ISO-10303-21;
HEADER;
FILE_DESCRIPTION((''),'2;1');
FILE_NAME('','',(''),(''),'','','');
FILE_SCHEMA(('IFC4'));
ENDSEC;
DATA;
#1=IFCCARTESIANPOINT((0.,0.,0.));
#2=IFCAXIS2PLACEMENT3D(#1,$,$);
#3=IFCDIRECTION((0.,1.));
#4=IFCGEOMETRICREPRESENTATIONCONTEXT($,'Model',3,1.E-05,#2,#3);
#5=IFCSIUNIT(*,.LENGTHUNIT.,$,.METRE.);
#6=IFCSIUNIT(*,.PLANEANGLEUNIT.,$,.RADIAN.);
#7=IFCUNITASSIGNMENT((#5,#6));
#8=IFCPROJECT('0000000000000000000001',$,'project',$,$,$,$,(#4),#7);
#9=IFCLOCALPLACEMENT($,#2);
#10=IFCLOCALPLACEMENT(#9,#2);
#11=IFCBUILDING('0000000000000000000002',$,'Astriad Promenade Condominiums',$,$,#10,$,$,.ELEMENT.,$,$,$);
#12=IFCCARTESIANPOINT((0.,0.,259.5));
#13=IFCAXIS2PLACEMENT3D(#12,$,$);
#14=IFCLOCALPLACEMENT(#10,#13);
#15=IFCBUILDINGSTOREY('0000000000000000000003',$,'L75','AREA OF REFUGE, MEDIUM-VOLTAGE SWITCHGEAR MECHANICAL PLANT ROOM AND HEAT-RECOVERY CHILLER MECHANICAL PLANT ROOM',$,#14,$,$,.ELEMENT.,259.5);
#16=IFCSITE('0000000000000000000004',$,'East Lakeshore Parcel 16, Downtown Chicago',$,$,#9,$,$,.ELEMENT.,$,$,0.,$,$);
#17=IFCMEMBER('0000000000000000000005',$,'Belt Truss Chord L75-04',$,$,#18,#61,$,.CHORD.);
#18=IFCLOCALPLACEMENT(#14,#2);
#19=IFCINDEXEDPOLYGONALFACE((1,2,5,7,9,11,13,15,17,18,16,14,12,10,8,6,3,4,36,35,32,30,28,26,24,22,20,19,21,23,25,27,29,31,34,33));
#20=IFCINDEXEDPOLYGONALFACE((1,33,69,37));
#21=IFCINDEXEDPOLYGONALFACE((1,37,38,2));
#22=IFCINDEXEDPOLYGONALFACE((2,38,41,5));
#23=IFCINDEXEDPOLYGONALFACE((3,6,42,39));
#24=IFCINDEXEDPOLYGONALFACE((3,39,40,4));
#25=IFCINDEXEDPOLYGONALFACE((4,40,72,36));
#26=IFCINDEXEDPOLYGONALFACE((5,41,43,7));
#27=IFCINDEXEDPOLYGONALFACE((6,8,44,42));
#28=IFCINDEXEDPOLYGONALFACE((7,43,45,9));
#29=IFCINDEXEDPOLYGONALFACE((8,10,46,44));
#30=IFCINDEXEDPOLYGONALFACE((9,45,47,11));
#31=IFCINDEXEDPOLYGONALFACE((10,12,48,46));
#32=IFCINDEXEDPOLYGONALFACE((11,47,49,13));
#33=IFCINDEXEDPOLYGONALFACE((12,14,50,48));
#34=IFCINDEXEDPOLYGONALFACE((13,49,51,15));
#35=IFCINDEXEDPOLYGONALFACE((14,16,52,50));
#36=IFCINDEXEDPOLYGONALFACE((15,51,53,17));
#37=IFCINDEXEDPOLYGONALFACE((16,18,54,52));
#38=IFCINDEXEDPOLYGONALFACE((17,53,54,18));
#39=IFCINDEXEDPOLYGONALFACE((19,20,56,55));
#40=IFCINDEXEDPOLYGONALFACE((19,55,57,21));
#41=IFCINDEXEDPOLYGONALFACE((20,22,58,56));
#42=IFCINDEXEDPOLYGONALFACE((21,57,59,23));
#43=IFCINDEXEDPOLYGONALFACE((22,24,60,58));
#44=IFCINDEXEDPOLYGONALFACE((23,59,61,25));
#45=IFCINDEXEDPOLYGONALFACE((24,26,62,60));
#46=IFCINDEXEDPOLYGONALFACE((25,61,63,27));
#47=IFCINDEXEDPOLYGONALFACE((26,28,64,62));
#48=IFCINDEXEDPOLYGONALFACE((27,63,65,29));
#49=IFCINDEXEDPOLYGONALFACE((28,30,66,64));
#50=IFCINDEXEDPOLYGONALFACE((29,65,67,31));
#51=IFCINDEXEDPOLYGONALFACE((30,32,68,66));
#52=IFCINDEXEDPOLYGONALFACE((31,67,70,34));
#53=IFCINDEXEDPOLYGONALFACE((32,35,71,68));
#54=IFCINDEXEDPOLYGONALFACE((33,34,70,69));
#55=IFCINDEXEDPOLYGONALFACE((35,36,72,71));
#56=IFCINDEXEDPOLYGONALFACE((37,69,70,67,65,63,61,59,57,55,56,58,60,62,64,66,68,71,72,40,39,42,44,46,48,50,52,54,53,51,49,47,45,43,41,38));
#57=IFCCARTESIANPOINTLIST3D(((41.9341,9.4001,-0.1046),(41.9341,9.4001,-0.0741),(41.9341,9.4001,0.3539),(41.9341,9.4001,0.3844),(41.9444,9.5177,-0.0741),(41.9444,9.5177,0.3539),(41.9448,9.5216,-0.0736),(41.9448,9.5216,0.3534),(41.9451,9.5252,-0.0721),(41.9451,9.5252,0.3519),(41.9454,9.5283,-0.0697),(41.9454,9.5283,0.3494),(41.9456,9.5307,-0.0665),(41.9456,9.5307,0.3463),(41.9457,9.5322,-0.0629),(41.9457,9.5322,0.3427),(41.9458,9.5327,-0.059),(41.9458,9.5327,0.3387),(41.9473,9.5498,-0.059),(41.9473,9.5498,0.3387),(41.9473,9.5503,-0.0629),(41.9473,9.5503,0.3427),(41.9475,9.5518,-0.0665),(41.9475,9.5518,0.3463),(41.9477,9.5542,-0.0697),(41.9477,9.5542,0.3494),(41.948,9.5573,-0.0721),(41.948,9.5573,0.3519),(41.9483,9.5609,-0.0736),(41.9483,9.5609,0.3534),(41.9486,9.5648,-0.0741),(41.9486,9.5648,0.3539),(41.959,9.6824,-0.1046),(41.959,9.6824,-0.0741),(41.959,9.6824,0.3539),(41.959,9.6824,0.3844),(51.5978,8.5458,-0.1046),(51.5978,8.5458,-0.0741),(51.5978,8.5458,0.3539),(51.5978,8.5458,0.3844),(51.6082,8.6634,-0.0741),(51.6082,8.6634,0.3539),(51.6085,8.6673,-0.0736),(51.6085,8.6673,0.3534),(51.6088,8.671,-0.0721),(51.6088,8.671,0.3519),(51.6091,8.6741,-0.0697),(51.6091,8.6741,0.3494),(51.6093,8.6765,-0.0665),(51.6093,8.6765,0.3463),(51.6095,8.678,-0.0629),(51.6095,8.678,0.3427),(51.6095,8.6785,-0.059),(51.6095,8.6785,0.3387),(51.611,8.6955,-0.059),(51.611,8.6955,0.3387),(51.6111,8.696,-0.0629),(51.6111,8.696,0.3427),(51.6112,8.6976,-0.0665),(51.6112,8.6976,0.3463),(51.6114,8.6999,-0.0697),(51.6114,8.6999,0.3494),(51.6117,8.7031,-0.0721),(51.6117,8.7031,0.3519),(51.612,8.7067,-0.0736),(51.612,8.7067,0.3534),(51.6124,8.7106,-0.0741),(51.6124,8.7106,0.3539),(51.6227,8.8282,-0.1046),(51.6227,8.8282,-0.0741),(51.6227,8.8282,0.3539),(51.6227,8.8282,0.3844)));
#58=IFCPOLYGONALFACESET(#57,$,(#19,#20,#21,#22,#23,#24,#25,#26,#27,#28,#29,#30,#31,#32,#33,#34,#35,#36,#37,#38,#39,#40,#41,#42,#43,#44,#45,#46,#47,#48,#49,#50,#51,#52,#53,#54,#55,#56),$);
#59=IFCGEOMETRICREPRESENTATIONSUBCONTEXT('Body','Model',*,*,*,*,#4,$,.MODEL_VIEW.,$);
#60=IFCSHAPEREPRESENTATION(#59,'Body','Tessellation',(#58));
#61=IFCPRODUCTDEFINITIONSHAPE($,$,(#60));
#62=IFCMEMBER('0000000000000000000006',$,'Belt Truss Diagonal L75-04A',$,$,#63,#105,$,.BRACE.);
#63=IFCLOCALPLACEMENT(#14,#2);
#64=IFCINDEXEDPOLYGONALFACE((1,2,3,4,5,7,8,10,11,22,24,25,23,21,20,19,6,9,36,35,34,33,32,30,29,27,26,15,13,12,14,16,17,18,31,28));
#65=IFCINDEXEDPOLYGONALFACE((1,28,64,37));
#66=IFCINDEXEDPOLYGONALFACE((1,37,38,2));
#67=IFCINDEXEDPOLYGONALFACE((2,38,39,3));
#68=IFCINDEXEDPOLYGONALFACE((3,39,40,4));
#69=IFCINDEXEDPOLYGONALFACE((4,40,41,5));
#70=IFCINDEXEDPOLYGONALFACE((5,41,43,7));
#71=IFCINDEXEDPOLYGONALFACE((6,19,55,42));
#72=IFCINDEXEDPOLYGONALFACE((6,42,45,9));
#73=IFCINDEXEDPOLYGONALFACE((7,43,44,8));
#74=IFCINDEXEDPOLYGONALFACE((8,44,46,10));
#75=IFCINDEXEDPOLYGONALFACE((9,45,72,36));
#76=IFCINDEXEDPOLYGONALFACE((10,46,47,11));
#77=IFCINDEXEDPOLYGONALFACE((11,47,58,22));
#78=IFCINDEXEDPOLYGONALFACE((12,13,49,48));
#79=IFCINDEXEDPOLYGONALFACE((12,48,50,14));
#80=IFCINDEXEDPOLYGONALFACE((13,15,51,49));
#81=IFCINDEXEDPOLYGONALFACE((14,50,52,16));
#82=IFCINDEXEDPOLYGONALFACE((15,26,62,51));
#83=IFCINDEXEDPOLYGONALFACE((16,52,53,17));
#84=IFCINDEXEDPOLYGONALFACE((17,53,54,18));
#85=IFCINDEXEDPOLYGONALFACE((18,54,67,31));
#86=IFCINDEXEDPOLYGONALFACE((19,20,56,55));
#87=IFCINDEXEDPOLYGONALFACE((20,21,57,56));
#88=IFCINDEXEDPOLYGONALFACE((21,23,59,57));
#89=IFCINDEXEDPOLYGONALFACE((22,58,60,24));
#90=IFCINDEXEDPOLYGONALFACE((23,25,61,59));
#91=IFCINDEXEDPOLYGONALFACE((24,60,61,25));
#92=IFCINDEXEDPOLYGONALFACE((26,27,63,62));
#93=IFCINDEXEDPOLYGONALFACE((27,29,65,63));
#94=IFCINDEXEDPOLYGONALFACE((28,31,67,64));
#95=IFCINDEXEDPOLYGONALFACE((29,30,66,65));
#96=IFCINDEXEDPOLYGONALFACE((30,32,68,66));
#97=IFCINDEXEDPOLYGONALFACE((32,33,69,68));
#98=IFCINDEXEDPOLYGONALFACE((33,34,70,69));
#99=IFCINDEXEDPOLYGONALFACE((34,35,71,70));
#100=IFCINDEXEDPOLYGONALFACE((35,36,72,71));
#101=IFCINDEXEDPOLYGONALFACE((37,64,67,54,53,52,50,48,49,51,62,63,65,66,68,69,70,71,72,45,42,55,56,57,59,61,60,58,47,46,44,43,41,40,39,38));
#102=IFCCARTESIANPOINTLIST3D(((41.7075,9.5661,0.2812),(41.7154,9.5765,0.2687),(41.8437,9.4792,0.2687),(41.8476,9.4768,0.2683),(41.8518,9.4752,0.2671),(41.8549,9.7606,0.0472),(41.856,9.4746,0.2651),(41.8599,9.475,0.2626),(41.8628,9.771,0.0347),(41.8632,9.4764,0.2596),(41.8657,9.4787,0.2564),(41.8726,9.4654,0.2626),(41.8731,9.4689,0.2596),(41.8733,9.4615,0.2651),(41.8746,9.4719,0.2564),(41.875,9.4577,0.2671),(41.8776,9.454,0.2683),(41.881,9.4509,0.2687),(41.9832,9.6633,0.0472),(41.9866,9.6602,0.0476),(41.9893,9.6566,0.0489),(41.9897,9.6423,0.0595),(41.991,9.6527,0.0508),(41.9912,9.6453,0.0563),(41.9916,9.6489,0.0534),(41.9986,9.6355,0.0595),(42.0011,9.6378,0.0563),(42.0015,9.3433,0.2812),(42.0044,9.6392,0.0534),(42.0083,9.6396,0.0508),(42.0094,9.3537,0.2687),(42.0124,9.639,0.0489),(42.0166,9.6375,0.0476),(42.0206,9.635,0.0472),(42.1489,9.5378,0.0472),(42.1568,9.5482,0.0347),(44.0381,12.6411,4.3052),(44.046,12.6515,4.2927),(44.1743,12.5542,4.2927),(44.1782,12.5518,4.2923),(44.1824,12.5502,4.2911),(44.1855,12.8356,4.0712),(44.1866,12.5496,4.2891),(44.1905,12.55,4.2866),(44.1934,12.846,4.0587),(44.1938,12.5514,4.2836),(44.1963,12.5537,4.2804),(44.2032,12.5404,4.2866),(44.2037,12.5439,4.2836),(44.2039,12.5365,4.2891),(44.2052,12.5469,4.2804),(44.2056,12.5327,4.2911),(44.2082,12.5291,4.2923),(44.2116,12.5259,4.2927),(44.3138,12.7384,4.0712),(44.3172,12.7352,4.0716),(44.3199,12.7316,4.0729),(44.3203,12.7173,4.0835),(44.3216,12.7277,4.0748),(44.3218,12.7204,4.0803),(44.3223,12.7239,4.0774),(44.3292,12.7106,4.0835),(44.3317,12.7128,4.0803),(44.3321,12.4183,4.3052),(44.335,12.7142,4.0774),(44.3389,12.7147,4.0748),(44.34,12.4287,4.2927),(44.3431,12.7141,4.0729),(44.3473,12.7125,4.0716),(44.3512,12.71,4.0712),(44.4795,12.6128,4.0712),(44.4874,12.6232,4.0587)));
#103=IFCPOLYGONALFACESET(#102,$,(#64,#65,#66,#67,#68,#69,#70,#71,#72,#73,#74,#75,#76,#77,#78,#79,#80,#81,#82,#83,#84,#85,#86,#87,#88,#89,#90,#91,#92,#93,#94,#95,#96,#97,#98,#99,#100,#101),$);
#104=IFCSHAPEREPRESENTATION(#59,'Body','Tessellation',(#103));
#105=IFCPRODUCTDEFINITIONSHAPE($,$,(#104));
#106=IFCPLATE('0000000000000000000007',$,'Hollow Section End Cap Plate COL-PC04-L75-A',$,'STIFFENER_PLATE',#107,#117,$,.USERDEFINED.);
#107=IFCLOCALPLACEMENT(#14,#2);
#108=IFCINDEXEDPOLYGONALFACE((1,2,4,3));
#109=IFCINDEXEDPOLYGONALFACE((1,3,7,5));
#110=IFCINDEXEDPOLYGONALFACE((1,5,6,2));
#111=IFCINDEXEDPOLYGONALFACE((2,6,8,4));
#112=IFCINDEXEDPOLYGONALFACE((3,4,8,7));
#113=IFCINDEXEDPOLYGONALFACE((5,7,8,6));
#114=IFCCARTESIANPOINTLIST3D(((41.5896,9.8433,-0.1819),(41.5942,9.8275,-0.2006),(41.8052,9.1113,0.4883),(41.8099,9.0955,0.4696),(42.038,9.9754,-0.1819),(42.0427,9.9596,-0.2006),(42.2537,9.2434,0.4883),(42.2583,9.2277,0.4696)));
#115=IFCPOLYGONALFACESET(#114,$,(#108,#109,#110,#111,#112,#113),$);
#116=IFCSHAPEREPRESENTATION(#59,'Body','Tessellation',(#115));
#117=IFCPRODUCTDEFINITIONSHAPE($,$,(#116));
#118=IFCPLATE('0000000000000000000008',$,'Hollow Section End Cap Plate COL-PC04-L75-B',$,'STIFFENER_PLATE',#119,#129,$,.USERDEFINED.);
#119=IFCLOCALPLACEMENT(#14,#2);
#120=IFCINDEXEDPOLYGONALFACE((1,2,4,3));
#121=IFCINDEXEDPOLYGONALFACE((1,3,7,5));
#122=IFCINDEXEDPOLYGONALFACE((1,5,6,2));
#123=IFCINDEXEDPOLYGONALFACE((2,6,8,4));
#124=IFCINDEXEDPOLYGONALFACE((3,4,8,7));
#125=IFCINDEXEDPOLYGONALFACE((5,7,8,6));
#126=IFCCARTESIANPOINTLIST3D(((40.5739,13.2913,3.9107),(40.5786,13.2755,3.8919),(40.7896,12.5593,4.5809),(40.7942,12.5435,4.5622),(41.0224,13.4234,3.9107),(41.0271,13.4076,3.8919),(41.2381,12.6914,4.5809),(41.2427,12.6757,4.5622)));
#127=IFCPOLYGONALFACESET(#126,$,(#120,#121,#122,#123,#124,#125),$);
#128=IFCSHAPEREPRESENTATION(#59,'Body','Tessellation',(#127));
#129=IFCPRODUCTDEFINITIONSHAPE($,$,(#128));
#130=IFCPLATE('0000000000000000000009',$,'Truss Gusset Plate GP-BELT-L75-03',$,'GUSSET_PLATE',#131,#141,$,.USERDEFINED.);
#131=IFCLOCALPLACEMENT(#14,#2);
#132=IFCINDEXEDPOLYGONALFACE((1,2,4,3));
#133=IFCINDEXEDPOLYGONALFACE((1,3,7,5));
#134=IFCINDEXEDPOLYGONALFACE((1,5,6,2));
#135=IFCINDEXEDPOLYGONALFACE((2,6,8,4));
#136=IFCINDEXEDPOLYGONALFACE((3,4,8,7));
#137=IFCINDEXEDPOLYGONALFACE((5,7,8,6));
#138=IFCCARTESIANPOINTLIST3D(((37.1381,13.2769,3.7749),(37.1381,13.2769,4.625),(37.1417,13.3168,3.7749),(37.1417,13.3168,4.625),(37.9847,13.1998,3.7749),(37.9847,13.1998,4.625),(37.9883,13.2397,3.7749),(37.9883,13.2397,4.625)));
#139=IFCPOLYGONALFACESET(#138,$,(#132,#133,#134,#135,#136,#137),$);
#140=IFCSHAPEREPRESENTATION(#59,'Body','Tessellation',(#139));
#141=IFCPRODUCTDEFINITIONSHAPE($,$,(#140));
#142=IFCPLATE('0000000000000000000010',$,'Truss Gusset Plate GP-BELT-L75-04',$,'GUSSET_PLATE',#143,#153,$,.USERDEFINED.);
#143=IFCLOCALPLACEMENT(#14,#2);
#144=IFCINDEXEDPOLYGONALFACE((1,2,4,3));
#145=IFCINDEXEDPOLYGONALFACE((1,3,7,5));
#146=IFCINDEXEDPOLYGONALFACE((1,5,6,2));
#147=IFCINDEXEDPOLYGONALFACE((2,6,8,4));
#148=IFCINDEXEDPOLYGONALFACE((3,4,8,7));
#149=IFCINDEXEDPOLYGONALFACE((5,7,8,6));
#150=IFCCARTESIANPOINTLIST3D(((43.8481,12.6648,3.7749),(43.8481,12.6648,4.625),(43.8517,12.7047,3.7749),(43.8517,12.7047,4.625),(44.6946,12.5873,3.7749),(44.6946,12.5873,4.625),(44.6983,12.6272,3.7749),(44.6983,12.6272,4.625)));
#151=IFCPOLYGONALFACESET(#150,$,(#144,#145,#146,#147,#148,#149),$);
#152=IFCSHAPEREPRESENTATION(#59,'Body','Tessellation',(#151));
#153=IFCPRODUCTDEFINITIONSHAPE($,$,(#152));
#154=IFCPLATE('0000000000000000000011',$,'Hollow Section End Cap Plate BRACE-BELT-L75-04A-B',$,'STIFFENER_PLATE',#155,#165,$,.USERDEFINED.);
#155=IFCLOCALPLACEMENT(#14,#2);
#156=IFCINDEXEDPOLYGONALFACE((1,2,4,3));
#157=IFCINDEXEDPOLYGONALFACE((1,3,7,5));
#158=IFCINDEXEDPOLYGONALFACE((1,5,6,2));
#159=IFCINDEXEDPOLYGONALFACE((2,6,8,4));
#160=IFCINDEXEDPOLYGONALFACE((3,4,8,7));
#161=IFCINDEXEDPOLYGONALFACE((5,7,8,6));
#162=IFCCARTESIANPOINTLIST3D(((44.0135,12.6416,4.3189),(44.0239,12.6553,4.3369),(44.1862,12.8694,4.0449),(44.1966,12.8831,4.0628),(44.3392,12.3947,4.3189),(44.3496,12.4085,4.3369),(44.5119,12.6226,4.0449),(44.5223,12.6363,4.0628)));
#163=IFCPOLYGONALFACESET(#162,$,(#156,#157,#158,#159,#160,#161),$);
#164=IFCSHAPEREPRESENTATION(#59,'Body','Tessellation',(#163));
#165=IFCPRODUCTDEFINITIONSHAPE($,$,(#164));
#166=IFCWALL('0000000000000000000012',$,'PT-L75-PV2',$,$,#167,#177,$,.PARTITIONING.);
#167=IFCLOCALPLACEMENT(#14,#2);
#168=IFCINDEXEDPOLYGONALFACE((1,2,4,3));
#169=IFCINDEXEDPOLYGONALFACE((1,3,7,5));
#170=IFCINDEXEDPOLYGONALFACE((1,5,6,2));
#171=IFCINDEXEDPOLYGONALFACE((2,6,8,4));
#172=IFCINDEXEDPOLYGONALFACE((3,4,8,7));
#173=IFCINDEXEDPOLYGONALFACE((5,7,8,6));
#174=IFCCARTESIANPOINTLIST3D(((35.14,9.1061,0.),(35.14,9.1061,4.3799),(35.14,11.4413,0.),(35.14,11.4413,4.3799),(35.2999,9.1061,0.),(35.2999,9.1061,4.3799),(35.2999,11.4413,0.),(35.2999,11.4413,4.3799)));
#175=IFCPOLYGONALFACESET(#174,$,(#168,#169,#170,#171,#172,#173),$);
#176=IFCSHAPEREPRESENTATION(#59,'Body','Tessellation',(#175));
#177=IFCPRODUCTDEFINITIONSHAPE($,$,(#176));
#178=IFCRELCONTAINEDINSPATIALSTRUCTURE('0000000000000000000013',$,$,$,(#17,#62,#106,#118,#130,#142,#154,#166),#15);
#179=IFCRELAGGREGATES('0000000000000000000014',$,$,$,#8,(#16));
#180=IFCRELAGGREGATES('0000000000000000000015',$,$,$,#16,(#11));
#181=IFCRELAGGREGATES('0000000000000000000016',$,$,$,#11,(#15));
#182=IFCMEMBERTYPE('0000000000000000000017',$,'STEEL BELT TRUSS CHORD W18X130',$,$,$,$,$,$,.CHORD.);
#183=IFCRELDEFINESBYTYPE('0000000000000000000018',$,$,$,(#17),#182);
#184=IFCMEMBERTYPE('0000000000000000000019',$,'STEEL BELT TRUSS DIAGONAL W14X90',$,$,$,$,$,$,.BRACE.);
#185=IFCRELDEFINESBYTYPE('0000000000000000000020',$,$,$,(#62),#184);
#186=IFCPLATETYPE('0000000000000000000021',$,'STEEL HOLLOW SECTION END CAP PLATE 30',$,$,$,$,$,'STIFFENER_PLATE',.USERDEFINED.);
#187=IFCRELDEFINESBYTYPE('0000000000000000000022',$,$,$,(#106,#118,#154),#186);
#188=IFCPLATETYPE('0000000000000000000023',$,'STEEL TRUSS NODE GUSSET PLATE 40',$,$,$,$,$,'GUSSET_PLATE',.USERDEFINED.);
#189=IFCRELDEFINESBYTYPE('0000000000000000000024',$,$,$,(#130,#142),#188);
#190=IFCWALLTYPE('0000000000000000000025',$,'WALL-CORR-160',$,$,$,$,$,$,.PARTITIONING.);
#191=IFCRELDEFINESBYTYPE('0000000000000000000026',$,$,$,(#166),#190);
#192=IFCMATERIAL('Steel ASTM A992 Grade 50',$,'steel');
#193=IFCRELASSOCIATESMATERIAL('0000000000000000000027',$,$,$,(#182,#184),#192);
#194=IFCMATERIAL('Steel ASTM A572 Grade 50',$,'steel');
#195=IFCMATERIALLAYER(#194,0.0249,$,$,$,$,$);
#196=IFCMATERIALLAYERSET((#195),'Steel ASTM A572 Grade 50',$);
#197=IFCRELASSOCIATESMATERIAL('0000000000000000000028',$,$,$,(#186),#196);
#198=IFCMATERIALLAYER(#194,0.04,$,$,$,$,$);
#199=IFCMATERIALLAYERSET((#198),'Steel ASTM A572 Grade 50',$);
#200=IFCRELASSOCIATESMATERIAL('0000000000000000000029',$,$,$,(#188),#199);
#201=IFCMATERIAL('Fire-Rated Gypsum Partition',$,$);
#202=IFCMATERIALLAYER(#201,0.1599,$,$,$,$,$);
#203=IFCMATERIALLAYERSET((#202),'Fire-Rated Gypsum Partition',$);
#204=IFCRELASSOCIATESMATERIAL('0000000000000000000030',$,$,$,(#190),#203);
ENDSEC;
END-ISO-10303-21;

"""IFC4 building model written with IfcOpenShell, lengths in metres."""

from ifc_helpers import new_model, si_unit, direction, frame, frame_2d, origin, origin_2d, place, context, subcontext, project, spatial, rectangle, i_section, extrude, source, transform, mapped, material, layer, layer_set, material_profile, profile_set, type_object, type_shapes, element, save


model = new_model("IFC4")

# Units and contexts
model_context = context("Model", 3, precision=1e-05, world=origin(), true_north=direction((0.0, 1.0)))
body_context = subcontext(model_context, "Body", "Model", "MODEL_VIEW")
ifc_project = project(units=[si_unit("LENGTHUNIT", "METRE"), si_unit("PLANEANGLEUNIT", "RADIAN")], contexts=[model_context])

# Site, building, storey
site_placement = place(None, origin())
site = spatial("IfcSite", under=ifc_project, at=site_placement, Name="East Lakeshore Parcel 16, Downtown Chicago", CompositionType="ELEMENT", RefElevation=0.0)
building_placement = place(site_placement, origin())
building = spatial("IfcBuilding", under=site, at=building_placement, Name="Astriad Promenade Condominiums", CompositionType="ELEMENT")
storey_placement = place(building_placement, frame((0.0, 0.0, 259.5)))
storey = spatial("IfcBuildingStorey", under=building, at=storey_placement, Name="L75", Description="AREA OF REFUGE, MEDIUM-VOLTAGE SWITCHGEAR MECHANICAL PLANT ROOM AND HEAT-RECOVERY CHILLER MECHANICAL PLANT ROOM", CompositionType="ELEMENT", Elevation=259.5)

# Shared definitions
ifc_material_1 = material(Name="Steel ASTM A992 Grade 50", Category="steel")

# Members
ifc_material_profile_1 = material_profile(ifc_material_1, i_section(OverallWidth=0.2834, OverallDepth=0.489, WebThickness=0.0171, FlangeThickness=0.0305, FilletRadius=0.0151, at=origin_2d()), Name="W18X130")
ifc_profile_set_1 = profile_set([ifc_material_profile_1], Name="Steel ASTM A992 Grade 50")
member_type_1 = type_object("IfcMemberType", Name="STEEL BELT TRUSS CHORD W18X130", PredefinedType="CHORD", material=ifc_profile_set_1)
shared_shape_1 = source(origin(), body_context, "Body", "SweptSolid", [
    extrude(i_section(OverallWidth=0.2834, OverallDepth=0.489, WebThickness=0.0171, FlangeThickness=0.0305, FilletRadius=0.0151, at=origin_2d()), origin(), (0.0, 0.0, 1.0), 9.7014),
])
type_shapes(member_type_1, [shared_shape_1])
member_1_placement = place(storey_placement, frame((41.9465, 9.5413, 0.1399), z_axis=(0.996116, -0.088053, 0.0), x_axis=(0.088053, 0.996116, 0.0)))
element("IfcMember", 1, at=member_1_placement, inside=storey, type_object=member_type_1, Name="Belt Truss Chord L75-04", PredefinedType="CHORD", context=body_context, shape_type="MappedRepresentation", body=[
    mapped(shared_shape_1, transform((0.0, 0.0, 0.0), scale=1.0)),
])
ifc_material_profile_2 = material_profile(ifc_material_1, i_section(OverallWidth=0.3689, OverallDepth=0.3562, WebThickness=0.0112, FlangeThickness=0.0181, FilletRadius=0.0178, at=origin_2d()), Name="W14X90")
ifc_profile_set_2 = profile_set([ifc_material_profile_2], Name="Steel ASTM A992 Grade 50")
member_type_2 = type_object("IfcMemberType", Name="STEEL BELT TRUSS DIAGONAL W14X90", PredefinedType="BRACE", material=ifc_profile_set_2)
shared_shape_2 = source(origin(), body_context, "Body", "SweptSolid", [
    extrude(i_section(OverallWidth=0.3689, OverallDepth=0.3562, WebThickness=0.0112, FlangeThickness=0.0181, FilletRadius=0.0178, at=origin_2d()), origin(), (0.0, 0.0, 1.0), 5.575),
])
type_shapes(member_type_2, [shared_shape_2])
member_2_placement = place(storey_placement, frame((41.9321, 9.5571, 0.158), z_axis=(0.418051, 0.551577, 0.721801), x_axis=(-0.79696, 0.604032, 0.0)))
element("IfcMember", 2, at=member_2_placement, inside=storey, type_object=member_type_2, Name="Belt Truss Diagonal L75-04A", PredefinedType="BRACE", context=body_context, shape_type="MappedRepresentation", body=[
    mapped(shared_shape_2, transform((0.0, 0.0, 0.0), scale=1.0)),
])

# Plates
ifc_material_2 = material(Name="Steel ASTM A572 Grade 50", Category="steel")
ifc_layer_1 = layer(ifc_material_2, 0.0249)
ifc_layer_set_1 = layer_set([ifc_layer_1], Name="Steel ASTM A572 Grade 50")
plate_type_1 = type_object("IfcPlateType", Name="STEEL HOLLOW SECTION END CAP PLATE 30", ElementType="STIFFENER_PLATE", PredefinedType="USERDEFINED", material=ifc_layer_set_1)
shared_shape_3 = source(origin(), body_context, "Body", "SweptSolid", [
    extrude(rectangle(XDim=0.4675, YDim=1.0156, at=origin_2d()), origin(), (0.0, 0.0, 1.0), 0.0249),
])
for number, where, z_axis, x_axis, name in (
    (3, (41.9263, 9.5276, 0.1345), (-0.186481, 0.633013, 0.751345), (-0.959242, -0.282585, 0.0), "Hollow Section End Cap Plate COL-PC04-L75-A"),
    (4, (40.9106, 12.9756, 4.2271), (-0.186481, 0.633013, 0.751345), (-0.959242, -0.282585, 0.0), "Hollow Section End Cap Plate COL-PC04-L75-B"),
):
    element("IfcPlate", number, at=place(storey_placement, frame(where, z_axis=z_axis, x_axis=x_axis)), inside=storey, type_object=plate_type_1, Name=name, ObjectType="STIFFENER_PLATE", PredefinedType="USERDEFINED", context=body_context, shape_type="MappedRepresentation", body=[
        mapped(shared_shape_3, transform((0.0, 0.0, 0.0), scale=1.0)),
    ])
ifc_layer_2 = layer(ifc_material_2, 0.04)
ifc_layer_set_2 = layer_set([ifc_layer_2], Name="Steel ASTM A572 Grade 50")
plate_type_2 = type_object("IfcPlateType", Name="STEEL TRUSS NODE GUSSET PLATE 40", ElementType="GUSSET_PLATE", PredefinedType="USERDEFINED", material=ifc_layer_set_2)
shared_shape_4 = source(origin(), body_context, "Body", "SweptSolid", [
    extrude(rectangle(XDim=0.8501, YDim=0.04, at=origin_2d()), origin(), (0.0, 0.0, 1.0), 0.8501),
])
type_shapes(plate_type_2, [shared_shape_4])
for number, where, z_axis, x_axis, name in (
    (5, (37.5632, 13.2583, 3.7749), (0.0, 0.0, 1.0), (0.995884, -0.090633, 0.0), "Truss Gusset Plate GP-BELT-L75-03"),
    (6, (44.2732, 12.646, 3.7749), (0.0, 0.0, 1.0), (0.995837, -0.091154, 0.0), "Truss Gusset Plate GP-BELT-L75-04"),
):
    element("IfcPlate", number, at=place(storey_placement, frame(where, z_axis=z_axis, x_axis=x_axis)), inside=storey, type_object=plate_type_2, Name=name, ObjectType="GUSSET_PLATE", PredefinedType="USERDEFINED", context=body_context, shape_type="MappedRepresentation", body=[
        mapped(shared_shape_4, transform((0.0, 0.0, 0.0), scale=1.0)),
    ])
shared_shape_5 = source(origin(), body_context, "Body", "SweptSolid", [
    extrude(rectangle(XDim=0.4087, YDim=0.396, at=origin_2d()), origin(), (0.0, 0.0, 1.0), 0.0249),
])
type_shapes(plate_type_1, [shared_shape_3, shared_shape_5])
plate_placement = place(storey_placement, frame((44.2627, 12.6321, 4.1819), z_axis=(0.418039, 0.551568, 0.721815), x_axis=(-0.796964, 0.604027, 0.0)))
element("IfcPlate", 7, at=plate_placement, inside=storey, type_object=plate_type_1, Name="Hollow Section End Cap Plate BRACE-BELT-L75-04A-B", ObjectType="STIFFENER_PLATE", PredefinedType="USERDEFINED", context=body_context, shape_type="MappedRepresentation", body=[
    mapped(shared_shape_5, transform((0.0, 0.0, 0.0), scale=1.0)),
])

# Wall
ifc_material_3 = material(Name="Fire-Rated Gypsum Partition")
ifc_layer_3 = layer(ifc_material_3, 0.1599)
ifc_layer_set_3 = layer_set([ifc_layer_3], Name="Fire-Rated Gypsum Partition")
wall_type_1 = type_object("IfcWallType", Name="WALL-CORR-160", PredefinedType="PARTITIONING", material=ifc_layer_set_3)
wall_1_placement = place(storey_placement, frame((35.22, 9.1062, 0.0), z_axis=(0.0, 0.0, 1.0), x_axis=(0.0, 1.0, 0.0)))
element("IfcWall", 8, at=wall_1_placement, inside=storey, type_object=wall_type_1, Name="PT-L75-PV2", PredefinedType="PARTITIONING", context=body_context, shape_type="SweptSolid", body=[
    extrude(rectangle(XDim=2.3352, YDim=0.1599, at=frame_2d((1.1675, 0.0))), origin(), (0.0, 0.0, 1.0), 4.3799),
])

save(model, "model.ifc")
